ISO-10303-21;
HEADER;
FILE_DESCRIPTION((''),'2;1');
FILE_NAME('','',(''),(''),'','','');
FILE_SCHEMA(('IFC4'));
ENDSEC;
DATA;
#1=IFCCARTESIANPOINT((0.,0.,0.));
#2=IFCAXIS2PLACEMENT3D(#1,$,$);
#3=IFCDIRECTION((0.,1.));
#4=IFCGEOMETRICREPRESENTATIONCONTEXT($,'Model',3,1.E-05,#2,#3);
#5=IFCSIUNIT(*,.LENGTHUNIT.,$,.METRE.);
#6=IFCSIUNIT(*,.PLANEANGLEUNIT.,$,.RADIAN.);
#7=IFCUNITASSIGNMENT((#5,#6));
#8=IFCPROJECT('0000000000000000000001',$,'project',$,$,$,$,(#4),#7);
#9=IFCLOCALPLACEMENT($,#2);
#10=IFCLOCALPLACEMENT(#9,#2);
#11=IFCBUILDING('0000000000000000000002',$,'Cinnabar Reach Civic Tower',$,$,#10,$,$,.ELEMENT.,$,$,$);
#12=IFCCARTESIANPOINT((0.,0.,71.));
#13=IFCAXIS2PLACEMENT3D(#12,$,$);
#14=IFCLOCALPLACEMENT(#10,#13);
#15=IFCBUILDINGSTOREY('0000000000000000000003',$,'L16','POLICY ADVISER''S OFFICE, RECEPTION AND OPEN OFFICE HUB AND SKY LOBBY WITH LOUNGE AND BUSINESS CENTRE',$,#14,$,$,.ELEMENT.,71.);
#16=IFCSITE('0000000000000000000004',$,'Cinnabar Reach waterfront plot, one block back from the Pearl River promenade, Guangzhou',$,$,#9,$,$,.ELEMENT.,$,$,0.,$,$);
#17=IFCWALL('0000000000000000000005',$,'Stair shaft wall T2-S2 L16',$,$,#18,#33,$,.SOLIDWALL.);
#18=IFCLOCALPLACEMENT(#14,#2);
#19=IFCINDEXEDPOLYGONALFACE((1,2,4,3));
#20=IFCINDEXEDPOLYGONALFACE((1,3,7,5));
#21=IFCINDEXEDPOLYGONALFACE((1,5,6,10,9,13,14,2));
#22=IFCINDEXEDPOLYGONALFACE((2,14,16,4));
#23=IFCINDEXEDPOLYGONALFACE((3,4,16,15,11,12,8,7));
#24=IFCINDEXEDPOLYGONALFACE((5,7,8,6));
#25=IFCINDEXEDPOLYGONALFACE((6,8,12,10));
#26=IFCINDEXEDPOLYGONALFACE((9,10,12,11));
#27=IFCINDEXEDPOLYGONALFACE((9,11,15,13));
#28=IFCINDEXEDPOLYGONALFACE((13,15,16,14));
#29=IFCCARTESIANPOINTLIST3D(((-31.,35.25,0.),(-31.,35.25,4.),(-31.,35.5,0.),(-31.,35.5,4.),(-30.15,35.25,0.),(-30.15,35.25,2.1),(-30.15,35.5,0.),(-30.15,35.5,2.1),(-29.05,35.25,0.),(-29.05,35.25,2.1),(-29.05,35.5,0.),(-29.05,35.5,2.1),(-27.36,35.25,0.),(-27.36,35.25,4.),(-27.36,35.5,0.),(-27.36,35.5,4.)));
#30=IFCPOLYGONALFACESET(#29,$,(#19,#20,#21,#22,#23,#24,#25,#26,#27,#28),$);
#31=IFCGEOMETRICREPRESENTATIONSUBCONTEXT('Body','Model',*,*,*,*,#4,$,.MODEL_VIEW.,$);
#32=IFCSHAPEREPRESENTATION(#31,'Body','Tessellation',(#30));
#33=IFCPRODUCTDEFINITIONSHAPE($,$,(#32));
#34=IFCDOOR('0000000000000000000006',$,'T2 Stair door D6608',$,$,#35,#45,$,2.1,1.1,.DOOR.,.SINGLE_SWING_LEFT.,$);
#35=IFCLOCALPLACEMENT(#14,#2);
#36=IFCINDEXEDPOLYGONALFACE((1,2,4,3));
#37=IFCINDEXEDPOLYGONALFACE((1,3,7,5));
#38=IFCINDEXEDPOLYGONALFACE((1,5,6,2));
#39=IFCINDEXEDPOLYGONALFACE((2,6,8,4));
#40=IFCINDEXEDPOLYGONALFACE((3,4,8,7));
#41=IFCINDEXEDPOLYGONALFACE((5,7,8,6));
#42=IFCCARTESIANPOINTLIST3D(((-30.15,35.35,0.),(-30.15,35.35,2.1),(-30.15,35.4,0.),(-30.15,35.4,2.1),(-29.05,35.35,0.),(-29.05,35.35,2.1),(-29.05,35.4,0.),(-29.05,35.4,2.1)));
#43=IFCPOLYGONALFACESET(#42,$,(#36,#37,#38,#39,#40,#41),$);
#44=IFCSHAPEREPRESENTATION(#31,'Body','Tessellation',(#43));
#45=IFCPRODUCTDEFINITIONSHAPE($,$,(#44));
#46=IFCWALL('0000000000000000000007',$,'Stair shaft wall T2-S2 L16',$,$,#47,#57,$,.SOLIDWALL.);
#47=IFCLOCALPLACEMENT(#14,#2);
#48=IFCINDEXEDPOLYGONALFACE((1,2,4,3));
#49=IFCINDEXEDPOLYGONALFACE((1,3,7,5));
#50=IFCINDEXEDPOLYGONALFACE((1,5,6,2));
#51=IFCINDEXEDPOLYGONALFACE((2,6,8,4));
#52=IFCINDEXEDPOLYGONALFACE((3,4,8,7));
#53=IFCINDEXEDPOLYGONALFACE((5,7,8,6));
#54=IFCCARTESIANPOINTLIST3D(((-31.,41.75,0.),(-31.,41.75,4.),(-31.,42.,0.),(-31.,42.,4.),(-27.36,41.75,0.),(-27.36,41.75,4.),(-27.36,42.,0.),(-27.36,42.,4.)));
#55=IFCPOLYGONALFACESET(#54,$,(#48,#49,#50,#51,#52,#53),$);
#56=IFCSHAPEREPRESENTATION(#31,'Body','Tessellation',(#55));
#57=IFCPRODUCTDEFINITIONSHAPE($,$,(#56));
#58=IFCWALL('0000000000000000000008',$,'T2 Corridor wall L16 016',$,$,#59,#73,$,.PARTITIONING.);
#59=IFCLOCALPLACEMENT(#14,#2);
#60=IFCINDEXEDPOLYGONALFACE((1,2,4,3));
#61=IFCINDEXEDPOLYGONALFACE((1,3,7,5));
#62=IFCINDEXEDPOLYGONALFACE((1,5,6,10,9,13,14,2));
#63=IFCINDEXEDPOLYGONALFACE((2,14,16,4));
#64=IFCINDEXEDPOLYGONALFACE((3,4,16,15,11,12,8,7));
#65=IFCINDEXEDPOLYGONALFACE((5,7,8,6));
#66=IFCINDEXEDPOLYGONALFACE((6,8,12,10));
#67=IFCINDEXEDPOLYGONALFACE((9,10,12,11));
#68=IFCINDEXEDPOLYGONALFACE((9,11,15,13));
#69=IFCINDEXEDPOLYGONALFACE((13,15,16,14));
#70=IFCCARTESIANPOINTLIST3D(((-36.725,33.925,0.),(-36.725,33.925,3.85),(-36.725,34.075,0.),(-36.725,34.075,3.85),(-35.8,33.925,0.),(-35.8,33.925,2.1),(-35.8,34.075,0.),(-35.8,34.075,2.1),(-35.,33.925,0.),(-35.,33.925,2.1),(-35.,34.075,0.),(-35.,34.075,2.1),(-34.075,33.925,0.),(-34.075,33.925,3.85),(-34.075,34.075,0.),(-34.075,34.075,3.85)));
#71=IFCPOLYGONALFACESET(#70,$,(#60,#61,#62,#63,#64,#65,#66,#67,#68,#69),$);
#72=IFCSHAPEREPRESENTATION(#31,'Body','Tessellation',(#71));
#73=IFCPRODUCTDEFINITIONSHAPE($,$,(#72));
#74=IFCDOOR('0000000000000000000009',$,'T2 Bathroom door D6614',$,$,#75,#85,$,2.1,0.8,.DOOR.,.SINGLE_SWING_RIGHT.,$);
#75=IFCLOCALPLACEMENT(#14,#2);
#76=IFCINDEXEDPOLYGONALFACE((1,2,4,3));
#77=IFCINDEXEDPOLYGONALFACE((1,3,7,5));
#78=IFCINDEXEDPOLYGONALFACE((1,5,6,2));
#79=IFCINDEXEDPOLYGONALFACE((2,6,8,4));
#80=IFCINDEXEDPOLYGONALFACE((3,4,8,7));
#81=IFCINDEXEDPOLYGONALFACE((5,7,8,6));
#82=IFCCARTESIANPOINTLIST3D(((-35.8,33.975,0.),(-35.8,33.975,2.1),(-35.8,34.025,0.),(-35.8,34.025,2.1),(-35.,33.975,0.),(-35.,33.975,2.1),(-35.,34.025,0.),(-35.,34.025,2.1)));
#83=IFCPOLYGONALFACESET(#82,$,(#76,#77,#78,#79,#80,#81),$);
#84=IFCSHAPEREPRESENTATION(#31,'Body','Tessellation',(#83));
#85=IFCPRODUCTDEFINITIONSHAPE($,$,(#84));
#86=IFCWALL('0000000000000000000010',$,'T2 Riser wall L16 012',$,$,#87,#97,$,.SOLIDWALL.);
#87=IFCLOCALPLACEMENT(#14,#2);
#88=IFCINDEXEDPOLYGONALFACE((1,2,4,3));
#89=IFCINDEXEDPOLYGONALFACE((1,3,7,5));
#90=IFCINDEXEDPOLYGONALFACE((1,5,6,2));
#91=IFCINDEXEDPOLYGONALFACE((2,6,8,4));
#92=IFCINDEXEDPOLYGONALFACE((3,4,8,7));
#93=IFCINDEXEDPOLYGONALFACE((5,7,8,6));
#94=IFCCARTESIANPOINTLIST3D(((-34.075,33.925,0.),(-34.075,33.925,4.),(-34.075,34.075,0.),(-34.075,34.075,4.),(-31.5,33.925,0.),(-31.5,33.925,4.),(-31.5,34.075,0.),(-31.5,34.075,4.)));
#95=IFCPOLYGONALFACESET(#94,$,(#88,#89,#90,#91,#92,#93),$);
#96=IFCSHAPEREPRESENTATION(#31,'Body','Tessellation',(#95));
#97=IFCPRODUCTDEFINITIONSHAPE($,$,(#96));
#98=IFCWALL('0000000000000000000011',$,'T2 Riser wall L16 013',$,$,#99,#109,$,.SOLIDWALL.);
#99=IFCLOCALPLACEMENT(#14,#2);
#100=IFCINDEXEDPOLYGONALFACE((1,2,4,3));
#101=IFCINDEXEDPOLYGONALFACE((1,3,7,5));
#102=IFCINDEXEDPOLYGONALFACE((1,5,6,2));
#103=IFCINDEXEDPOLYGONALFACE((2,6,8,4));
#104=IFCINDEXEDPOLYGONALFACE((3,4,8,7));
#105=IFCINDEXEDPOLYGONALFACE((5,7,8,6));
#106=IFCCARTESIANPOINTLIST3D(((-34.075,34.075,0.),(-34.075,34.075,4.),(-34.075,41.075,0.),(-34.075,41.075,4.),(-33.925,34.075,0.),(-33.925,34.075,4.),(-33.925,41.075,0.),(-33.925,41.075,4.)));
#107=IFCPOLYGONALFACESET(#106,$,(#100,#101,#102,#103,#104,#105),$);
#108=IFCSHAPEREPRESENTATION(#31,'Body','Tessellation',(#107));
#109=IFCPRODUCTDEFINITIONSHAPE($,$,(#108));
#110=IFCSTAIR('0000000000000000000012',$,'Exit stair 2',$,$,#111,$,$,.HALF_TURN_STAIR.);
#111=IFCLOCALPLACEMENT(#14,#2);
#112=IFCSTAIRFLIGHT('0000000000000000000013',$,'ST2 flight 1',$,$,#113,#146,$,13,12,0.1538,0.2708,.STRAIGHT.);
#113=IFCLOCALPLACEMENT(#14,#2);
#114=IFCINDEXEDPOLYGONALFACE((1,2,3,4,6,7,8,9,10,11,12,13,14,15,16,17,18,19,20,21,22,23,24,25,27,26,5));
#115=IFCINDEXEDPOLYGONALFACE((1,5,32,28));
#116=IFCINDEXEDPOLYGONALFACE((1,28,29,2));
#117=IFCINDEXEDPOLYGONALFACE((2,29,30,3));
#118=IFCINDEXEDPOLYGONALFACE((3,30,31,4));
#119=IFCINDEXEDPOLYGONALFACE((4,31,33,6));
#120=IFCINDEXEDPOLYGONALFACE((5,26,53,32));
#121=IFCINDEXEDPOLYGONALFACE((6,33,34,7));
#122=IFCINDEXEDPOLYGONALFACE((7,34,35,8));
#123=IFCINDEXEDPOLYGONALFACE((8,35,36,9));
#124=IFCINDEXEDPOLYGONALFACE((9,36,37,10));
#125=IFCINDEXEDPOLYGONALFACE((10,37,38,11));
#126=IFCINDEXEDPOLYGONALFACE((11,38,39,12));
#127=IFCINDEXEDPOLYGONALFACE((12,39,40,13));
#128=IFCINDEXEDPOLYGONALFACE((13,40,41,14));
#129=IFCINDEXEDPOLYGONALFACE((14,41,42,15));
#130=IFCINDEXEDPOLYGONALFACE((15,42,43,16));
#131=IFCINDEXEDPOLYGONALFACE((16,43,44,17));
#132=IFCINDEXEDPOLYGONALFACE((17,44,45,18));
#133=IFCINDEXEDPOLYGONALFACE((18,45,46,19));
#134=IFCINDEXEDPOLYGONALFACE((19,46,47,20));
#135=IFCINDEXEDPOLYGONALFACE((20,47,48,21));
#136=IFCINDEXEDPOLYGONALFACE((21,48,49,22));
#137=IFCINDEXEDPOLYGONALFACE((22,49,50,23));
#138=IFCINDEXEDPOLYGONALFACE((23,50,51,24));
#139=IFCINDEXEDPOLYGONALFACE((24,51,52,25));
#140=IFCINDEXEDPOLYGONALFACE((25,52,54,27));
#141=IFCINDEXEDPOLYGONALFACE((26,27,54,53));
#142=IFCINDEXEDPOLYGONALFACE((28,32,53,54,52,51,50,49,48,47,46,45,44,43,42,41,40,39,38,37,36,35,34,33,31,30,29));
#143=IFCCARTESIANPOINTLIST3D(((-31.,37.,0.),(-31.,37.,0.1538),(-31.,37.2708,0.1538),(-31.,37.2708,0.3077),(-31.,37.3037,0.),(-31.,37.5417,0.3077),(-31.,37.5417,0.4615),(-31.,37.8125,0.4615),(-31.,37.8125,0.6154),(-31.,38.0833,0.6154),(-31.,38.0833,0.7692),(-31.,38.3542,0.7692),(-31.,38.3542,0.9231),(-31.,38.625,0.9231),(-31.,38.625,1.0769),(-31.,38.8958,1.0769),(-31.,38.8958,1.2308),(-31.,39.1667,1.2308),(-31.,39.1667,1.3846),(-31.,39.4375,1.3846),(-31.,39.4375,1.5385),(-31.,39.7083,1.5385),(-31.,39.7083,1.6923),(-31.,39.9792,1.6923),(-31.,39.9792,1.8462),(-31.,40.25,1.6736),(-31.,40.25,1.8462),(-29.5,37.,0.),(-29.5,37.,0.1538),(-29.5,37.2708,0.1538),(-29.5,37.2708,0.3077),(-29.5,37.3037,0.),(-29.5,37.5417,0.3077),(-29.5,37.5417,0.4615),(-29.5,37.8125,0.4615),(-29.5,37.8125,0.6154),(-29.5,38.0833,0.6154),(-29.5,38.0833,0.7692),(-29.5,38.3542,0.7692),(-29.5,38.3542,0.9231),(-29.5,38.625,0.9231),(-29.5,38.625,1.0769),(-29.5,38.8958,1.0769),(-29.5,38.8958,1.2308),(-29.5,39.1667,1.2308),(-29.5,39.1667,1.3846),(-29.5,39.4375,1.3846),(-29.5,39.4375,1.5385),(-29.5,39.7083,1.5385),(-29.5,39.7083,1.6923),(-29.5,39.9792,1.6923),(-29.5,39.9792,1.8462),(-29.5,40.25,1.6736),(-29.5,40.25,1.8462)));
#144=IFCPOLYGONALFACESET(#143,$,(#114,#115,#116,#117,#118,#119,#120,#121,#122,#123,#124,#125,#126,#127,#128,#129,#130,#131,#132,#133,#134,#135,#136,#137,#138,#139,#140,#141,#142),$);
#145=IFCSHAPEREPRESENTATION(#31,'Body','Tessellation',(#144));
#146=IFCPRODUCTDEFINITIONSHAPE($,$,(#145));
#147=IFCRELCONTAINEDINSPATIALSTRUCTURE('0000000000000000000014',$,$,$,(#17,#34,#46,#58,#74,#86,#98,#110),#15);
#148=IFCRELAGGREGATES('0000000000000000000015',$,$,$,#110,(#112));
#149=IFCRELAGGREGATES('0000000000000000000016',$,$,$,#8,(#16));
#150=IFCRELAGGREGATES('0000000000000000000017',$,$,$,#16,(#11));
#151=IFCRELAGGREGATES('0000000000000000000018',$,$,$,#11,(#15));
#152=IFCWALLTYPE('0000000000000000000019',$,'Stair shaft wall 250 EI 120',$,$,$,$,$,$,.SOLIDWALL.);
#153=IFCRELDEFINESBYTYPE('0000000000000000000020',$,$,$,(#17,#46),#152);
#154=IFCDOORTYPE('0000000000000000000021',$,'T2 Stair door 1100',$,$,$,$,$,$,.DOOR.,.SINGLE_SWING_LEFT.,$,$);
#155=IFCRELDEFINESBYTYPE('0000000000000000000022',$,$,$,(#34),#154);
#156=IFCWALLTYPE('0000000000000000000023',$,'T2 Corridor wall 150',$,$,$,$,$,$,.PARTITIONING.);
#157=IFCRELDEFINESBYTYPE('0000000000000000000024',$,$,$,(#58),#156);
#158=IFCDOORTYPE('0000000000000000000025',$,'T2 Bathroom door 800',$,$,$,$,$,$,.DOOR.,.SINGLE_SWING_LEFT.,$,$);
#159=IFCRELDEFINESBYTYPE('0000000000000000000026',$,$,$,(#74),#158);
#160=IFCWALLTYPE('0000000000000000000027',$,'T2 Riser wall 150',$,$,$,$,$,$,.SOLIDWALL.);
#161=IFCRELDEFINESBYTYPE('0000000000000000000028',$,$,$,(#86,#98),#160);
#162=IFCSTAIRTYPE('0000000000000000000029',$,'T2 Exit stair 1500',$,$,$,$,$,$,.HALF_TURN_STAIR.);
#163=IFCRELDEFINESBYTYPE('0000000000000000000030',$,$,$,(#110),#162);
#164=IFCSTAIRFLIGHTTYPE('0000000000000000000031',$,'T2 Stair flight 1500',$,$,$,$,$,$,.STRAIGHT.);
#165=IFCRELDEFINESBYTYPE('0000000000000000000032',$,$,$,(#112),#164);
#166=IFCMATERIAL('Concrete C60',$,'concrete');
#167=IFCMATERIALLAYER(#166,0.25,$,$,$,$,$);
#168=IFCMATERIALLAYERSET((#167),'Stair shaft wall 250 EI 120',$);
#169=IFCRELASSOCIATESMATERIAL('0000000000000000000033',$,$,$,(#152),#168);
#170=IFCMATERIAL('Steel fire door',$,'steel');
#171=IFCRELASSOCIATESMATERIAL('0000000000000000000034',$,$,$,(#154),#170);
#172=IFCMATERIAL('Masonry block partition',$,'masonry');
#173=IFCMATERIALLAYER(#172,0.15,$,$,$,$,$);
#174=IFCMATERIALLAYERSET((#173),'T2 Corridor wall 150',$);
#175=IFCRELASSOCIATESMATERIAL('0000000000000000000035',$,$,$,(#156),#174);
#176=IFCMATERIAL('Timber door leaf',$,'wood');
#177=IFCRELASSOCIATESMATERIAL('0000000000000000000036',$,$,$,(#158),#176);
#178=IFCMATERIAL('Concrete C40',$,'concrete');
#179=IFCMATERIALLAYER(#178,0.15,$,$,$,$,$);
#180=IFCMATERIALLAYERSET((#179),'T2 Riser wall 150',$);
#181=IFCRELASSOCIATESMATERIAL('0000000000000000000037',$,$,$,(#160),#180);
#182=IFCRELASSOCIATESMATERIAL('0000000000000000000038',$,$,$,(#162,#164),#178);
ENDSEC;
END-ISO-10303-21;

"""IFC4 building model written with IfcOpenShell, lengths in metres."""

from ifc_helpers import new_model, si_unit, direction, frame, frame_2d, origin, place, context, subcontext, project, spatial, polyline, rectangle, outline, extrude, material, layer, layer_set, type_object, element, fill, aggregate, save


model = new_model("IFC4")

# Units and contexts
model_context = context("Model", 3, precision=1e-05, world=origin(), true_north=direction((0.0, 1.0)))
body_context = subcontext(model_context, "Body", "Model", "MODEL_VIEW")
ifc_project = project(units=[si_unit("LENGTHUNIT", "METRE"), si_unit("PLANEANGLEUNIT", "RADIAN")], contexts=[model_context])

# Site, building, storey
site_placement = place(None, origin())
site = spatial("IfcSite", under=ifc_project, at=site_placement, Name="Cinnabar Reach waterfront plot, one block back from the Pearl River promenade, Guangzhou", CompositionType="ELEMENT", RefElevation=0.0)
building_placement = place(site_placement, origin())
building = spatial("IfcBuilding", under=site, at=building_placement, Name="Cinnabar Reach Civic Tower", CompositionType="ELEMENT")
storey_placement = place(building_placement, frame((0.0, 0.0, 71.0)))
storey = spatial("IfcBuildingStorey", under=building, at=storey_placement, Name="L16", Description="POLICY ADVISER'S OFFICE, RECEPTION AND OPEN OFFICE HUB AND SKY LOBBY WITH LOUNGE AND BUSINESS CENTRE", CompositionType="ELEMENT", Elevation=71.0)

# Shared definitions
ifc_material_1 = material(Name="Concrete C60", Category="concrete")

# Shared definitions
ifc_material_2 = material(Name="Concrete C40", Category="concrete")

# Wall, opening, door
ifc_material_3 = material(Name="Steel fire door", Category="steel")
ifc_layer_1 = layer(ifc_material_1, 0.25)
ifc_layer_set_1 = layer_set([ifc_layer_1], Name="Stair shaft wall 250 EI 120")
wall_type_1 = type_object("IfcWallType", Name="Stair shaft wall 250 EI 120", PredefinedType="SOLIDWALL", material=ifc_layer_set_1)
wall_1_placement = place(storey_placement, frame((-31.0, 35.375, 0.0), z_axis=(0.0, 0.0, 1.0), x_axis=(1.0, 0.0, 0.0)))
wall_1 = element("IfcWall", 1, at=wall_1_placement, inside=storey, type_object=wall_type_1, Name="Stair shaft wall T2-S2 L16", PredefinedType="SOLIDWALL", context=body_context, shape_type="SweptSolid", body=[
    extrude(rectangle(XDim=3.64, YDim=0.25, at=frame_2d((1.82, 0.0))), origin(), (0.0, 0.0, 1.0), 4.0),
])
opening_1_placement = place(wall_1_placement, frame((0.85, 0.0, 0.0)))
opening_1 = element("IfcOpeningElement", 2, at=opening_1_placement, cuts=wall_1, PredefinedType="OPENING", context=body_context, shape_type="SweptSolid", body=[
    extrude(rectangle(XDim=1.1, YDim=2.1, at=frame_2d((0.55, 1.05))), frame((0.0, 0.135, 0.0), z_axis=(0.0, -1.0, 0.0), x_axis=(1.0, 0.0, 0.0)), (0.0, 0.0, 1.0), 0.27),
])
door_type_1 = type_object("IfcDoorType", Name="T2 Stair door 1100", OperationType="SINGLE_SWING_LEFT", PredefinedType="DOOR", material=ifc_material_3)
door_1_placement = place(opening_1_placement, origin())
door_1 = element("IfcDoor", 3, at=door_1_placement, inside=storey, type_object=door_type_1, Name="T2 Stair door D6608", OperationType="SINGLE_SWING_LEFT", OverallHeight=2.1, OverallWidth=1.1, PredefinedType="DOOR", context=body_context, shape_type="SweptSolid", body=[
    extrude(rectangle(XDim=1.1, YDim=2.1, at=frame_2d((0.55, 1.05))), frame((0.0, 0.025, 0.0), z_axis=(0.0, -1.0, 0.0), x_axis=(1.0, 0.0, 0.0)), (0.0, 0.0, 1.0), 0.05),
])
fill(opening_1, door_1)

# Wall
wall_2_placement = place(storey_placement, frame((-27.36, 41.875, 0.0), z_axis=(0.0, 0.0, 1.0), x_axis=(-1.0, 0.0, 0.0)))
element("IfcWall", 4, at=wall_2_placement, inside=storey, type_object=wall_type_1, Name="Stair shaft wall T2-S2 L16", PredefinedType="SOLIDWALL", context=body_context, shape_type="SweptSolid", body=[
    extrude(rectangle(XDim=3.64, YDim=0.25, at=frame_2d((1.82, 0.0))), origin(), (0.0, 0.0, 1.0), 4.0),
])

# Wall, opening, door
ifc_material_4 = material(Name="Masonry block partition", Category="masonry")
ifc_layer_2 = layer(ifc_material_4, 0.15)
ifc_layer_set_2 = layer_set([ifc_layer_2], Name="T2 Corridor wall 150")
wall_type_2 = type_object("IfcWallType", Name="T2 Corridor wall 150", PredefinedType="PARTITIONING", material=ifc_layer_set_2)
wall_3_placement = place(storey_placement, frame((-34.075, 34.0, 0.0), z_axis=(0.0, 0.0, 1.0), x_axis=(-1.0, 0.0, 0.0)))
wall_3 = element("IfcWall", 5, at=wall_3_placement, inside=storey, type_object=wall_type_2, Name="T2 Corridor wall L16 016", PredefinedType="PARTITIONING", context=body_context, shape_type="SweptSolid", body=[
    extrude(rectangle(XDim=2.65, YDim=0.15, at=frame_2d((1.325, 0.0))), origin(), (0.0, 0.0, 1.0), 3.85),
])
opening_2_placement = place(wall_3_placement, frame((0.925, 0.0, 0.0)))
opening_2 = element("IfcOpeningElement", 6, at=opening_2_placement, cuts=wall_3, PredefinedType="OPENING", context=body_context, shape_type="SweptSolid", body=[
    extrude(rectangle(XDim=0.8, YDim=2.1, at=frame_2d((0.4, 1.05))), frame((0.0, 0.085, 0.0), z_axis=(0.0, -1.0, 0.0), x_axis=(1.0, 0.0, 0.0)), (0.0, 0.0, 1.0), 0.17),
])
ifc_material_5 = material(Name="Timber door leaf", Category="wood")
door_type_2 = type_object("IfcDoorType", Name="T2 Bathroom door 800", OperationType="SINGLE_SWING_LEFT", PredefinedType="DOOR", material=ifc_material_5)
door_2_placement = place(opening_2_placement, frame((0.8, 0.0, 0.0), z_axis=(0.0, 0.0, 1.0), x_axis=(-1.0, 0.0, 0.0)))
door_2 = element("IfcDoor", 7, at=door_2_placement, inside=storey, type_object=door_type_2, Name="T2 Bathroom door D6614", OperationType="SINGLE_SWING_RIGHT", OverallHeight=2.1, OverallWidth=0.8, PredefinedType="DOOR", context=body_context, shape_type="SweptSolid", body=[
    extrude(rectangle(XDim=0.8, YDim=2.1, at=frame_2d((0.4, 1.05))), frame((0.0, 0.025, 0.0), z_axis=(0.0, -1.0, 0.0), x_axis=(1.0, 0.0, 0.0)), (0.0, 0.0, 1.0), 0.05),
])
fill(opening_2, door_2)

# Walls
ifc_layer_3 = layer(ifc_material_2, 0.15)
ifc_layer_set_3 = layer_set([ifc_layer_3], Name="T2 Riser wall 150")
wall_type_3 = type_object("IfcWallType", Name="T2 Riser wall 150", PredefinedType="SOLIDWALL", material=ifc_layer_set_3)
wall_4_placement = place(storey_placement, frame((-34.075, 34.0, 0.0), z_axis=(0.0, 0.0, 1.0), x_axis=(1.0, 0.0, 0.0)))
element("IfcWall", 8, at=wall_4_placement, inside=storey, type_object=wall_type_3, Name="T2 Riser wall L16 012", PredefinedType="SOLIDWALL", context=body_context, shape_type="SweptSolid", body=[
    extrude(rectangle(XDim=2.575, YDim=0.15, at=frame_2d((1.2875, 0.0))), origin(), (0.0, 0.0, 1.0), 4.0),
])
wall_5_placement = place(storey_placement, frame((-34.0, 41.075, 0.0), z_axis=(0.0, 0.0, 1.0), x_axis=(0.0, -1.0, 0.0)))
element("IfcWall", 9, at=wall_5_placement, inside=storey, type_object=wall_type_3, Name="T2 Riser wall L16 013", PredefinedType="SOLIDWALL", context=body_context, shape_type="SweptSolid", body=[
    extrude(rectangle(XDim=7.0, YDim=0.15, at=frame_2d((3.5, 0.0))), origin(), (0.0, 0.0, 1.0), 4.0),
])

# Stair, stair flight
stair_type = type_object("IfcStairType", Name="T2 Exit stair 1500", PredefinedType="HALF_TURN_STAIR", material=ifc_material_2)
stair_placement = place(storey_placement, origin())
stair = element("IfcStair", 10, at=stair_placement, inside=storey, type_object=stair_type, Name="Exit stair 2", PredefinedType="HALF_TURN_STAIR")
stair_flight_type = type_object("IfcStairFlightType", Name="T2 Stair flight 1500", PredefinedType="STRAIGHT", material=ifc_material_2)
stair_flight_1_placement = place(storey_placement, frame((-30.25, 37.0, 0.0), z_axis=(0.0, 0.0, 1.0), x_axis=(0.0, 1.0, 0.0)))
stair_flight_1 = element("IfcStairFlight", 11, at=stair_flight_1_placement, type_object=stair_flight_type, Name="ST2 flight 1", NumberOfRisers=13, NumberOfTreads=12, PredefinedType="STRAIGHT", RiserHeight=0.1538, TreadLength=0.2708, context=body_context, shape_type="SweptSolid", body=[
    extrude(outline(polyline([(0.0, 0.0), (0.0, 0.1538), (0.2708, 0.1538), (0.2708, 0.3077), (0.5417, 0.3077), (0.5417, 0.4615), (0.8125, 0.4615), (0.8125, 0.6154), (1.0833, 0.6154), (1.0833, 0.7692), (1.3542, 0.7692), (1.3542, 0.9231), (1.625, 0.9231), (1.625, 1.0769), (1.8958, 1.0769), (1.8958, 1.2308), (2.1667, 1.2308), (2.1667, 1.3846), (2.4375, 1.3846), (2.4375, 1.5385), (2.7083, 1.5385), (2.7083, 1.6923), (2.9792, 1.6923), (2.9792, 1.8462), (3.25, 1.8462), (3.25, 2.0), (3.25, 1.6736), (0.3037, 0.0), (0.0, 0.0)])), frame((0.0, 0.75, 0.0), z_axis=(0.0, -1.0, 0.0), x_axis=(1.0, 0.0, 0.0)), (0.0, 0.0, 1.0), 1.5),
])
aggregate(stair, [stair_flight_1])

save(model, "model.ifc")
